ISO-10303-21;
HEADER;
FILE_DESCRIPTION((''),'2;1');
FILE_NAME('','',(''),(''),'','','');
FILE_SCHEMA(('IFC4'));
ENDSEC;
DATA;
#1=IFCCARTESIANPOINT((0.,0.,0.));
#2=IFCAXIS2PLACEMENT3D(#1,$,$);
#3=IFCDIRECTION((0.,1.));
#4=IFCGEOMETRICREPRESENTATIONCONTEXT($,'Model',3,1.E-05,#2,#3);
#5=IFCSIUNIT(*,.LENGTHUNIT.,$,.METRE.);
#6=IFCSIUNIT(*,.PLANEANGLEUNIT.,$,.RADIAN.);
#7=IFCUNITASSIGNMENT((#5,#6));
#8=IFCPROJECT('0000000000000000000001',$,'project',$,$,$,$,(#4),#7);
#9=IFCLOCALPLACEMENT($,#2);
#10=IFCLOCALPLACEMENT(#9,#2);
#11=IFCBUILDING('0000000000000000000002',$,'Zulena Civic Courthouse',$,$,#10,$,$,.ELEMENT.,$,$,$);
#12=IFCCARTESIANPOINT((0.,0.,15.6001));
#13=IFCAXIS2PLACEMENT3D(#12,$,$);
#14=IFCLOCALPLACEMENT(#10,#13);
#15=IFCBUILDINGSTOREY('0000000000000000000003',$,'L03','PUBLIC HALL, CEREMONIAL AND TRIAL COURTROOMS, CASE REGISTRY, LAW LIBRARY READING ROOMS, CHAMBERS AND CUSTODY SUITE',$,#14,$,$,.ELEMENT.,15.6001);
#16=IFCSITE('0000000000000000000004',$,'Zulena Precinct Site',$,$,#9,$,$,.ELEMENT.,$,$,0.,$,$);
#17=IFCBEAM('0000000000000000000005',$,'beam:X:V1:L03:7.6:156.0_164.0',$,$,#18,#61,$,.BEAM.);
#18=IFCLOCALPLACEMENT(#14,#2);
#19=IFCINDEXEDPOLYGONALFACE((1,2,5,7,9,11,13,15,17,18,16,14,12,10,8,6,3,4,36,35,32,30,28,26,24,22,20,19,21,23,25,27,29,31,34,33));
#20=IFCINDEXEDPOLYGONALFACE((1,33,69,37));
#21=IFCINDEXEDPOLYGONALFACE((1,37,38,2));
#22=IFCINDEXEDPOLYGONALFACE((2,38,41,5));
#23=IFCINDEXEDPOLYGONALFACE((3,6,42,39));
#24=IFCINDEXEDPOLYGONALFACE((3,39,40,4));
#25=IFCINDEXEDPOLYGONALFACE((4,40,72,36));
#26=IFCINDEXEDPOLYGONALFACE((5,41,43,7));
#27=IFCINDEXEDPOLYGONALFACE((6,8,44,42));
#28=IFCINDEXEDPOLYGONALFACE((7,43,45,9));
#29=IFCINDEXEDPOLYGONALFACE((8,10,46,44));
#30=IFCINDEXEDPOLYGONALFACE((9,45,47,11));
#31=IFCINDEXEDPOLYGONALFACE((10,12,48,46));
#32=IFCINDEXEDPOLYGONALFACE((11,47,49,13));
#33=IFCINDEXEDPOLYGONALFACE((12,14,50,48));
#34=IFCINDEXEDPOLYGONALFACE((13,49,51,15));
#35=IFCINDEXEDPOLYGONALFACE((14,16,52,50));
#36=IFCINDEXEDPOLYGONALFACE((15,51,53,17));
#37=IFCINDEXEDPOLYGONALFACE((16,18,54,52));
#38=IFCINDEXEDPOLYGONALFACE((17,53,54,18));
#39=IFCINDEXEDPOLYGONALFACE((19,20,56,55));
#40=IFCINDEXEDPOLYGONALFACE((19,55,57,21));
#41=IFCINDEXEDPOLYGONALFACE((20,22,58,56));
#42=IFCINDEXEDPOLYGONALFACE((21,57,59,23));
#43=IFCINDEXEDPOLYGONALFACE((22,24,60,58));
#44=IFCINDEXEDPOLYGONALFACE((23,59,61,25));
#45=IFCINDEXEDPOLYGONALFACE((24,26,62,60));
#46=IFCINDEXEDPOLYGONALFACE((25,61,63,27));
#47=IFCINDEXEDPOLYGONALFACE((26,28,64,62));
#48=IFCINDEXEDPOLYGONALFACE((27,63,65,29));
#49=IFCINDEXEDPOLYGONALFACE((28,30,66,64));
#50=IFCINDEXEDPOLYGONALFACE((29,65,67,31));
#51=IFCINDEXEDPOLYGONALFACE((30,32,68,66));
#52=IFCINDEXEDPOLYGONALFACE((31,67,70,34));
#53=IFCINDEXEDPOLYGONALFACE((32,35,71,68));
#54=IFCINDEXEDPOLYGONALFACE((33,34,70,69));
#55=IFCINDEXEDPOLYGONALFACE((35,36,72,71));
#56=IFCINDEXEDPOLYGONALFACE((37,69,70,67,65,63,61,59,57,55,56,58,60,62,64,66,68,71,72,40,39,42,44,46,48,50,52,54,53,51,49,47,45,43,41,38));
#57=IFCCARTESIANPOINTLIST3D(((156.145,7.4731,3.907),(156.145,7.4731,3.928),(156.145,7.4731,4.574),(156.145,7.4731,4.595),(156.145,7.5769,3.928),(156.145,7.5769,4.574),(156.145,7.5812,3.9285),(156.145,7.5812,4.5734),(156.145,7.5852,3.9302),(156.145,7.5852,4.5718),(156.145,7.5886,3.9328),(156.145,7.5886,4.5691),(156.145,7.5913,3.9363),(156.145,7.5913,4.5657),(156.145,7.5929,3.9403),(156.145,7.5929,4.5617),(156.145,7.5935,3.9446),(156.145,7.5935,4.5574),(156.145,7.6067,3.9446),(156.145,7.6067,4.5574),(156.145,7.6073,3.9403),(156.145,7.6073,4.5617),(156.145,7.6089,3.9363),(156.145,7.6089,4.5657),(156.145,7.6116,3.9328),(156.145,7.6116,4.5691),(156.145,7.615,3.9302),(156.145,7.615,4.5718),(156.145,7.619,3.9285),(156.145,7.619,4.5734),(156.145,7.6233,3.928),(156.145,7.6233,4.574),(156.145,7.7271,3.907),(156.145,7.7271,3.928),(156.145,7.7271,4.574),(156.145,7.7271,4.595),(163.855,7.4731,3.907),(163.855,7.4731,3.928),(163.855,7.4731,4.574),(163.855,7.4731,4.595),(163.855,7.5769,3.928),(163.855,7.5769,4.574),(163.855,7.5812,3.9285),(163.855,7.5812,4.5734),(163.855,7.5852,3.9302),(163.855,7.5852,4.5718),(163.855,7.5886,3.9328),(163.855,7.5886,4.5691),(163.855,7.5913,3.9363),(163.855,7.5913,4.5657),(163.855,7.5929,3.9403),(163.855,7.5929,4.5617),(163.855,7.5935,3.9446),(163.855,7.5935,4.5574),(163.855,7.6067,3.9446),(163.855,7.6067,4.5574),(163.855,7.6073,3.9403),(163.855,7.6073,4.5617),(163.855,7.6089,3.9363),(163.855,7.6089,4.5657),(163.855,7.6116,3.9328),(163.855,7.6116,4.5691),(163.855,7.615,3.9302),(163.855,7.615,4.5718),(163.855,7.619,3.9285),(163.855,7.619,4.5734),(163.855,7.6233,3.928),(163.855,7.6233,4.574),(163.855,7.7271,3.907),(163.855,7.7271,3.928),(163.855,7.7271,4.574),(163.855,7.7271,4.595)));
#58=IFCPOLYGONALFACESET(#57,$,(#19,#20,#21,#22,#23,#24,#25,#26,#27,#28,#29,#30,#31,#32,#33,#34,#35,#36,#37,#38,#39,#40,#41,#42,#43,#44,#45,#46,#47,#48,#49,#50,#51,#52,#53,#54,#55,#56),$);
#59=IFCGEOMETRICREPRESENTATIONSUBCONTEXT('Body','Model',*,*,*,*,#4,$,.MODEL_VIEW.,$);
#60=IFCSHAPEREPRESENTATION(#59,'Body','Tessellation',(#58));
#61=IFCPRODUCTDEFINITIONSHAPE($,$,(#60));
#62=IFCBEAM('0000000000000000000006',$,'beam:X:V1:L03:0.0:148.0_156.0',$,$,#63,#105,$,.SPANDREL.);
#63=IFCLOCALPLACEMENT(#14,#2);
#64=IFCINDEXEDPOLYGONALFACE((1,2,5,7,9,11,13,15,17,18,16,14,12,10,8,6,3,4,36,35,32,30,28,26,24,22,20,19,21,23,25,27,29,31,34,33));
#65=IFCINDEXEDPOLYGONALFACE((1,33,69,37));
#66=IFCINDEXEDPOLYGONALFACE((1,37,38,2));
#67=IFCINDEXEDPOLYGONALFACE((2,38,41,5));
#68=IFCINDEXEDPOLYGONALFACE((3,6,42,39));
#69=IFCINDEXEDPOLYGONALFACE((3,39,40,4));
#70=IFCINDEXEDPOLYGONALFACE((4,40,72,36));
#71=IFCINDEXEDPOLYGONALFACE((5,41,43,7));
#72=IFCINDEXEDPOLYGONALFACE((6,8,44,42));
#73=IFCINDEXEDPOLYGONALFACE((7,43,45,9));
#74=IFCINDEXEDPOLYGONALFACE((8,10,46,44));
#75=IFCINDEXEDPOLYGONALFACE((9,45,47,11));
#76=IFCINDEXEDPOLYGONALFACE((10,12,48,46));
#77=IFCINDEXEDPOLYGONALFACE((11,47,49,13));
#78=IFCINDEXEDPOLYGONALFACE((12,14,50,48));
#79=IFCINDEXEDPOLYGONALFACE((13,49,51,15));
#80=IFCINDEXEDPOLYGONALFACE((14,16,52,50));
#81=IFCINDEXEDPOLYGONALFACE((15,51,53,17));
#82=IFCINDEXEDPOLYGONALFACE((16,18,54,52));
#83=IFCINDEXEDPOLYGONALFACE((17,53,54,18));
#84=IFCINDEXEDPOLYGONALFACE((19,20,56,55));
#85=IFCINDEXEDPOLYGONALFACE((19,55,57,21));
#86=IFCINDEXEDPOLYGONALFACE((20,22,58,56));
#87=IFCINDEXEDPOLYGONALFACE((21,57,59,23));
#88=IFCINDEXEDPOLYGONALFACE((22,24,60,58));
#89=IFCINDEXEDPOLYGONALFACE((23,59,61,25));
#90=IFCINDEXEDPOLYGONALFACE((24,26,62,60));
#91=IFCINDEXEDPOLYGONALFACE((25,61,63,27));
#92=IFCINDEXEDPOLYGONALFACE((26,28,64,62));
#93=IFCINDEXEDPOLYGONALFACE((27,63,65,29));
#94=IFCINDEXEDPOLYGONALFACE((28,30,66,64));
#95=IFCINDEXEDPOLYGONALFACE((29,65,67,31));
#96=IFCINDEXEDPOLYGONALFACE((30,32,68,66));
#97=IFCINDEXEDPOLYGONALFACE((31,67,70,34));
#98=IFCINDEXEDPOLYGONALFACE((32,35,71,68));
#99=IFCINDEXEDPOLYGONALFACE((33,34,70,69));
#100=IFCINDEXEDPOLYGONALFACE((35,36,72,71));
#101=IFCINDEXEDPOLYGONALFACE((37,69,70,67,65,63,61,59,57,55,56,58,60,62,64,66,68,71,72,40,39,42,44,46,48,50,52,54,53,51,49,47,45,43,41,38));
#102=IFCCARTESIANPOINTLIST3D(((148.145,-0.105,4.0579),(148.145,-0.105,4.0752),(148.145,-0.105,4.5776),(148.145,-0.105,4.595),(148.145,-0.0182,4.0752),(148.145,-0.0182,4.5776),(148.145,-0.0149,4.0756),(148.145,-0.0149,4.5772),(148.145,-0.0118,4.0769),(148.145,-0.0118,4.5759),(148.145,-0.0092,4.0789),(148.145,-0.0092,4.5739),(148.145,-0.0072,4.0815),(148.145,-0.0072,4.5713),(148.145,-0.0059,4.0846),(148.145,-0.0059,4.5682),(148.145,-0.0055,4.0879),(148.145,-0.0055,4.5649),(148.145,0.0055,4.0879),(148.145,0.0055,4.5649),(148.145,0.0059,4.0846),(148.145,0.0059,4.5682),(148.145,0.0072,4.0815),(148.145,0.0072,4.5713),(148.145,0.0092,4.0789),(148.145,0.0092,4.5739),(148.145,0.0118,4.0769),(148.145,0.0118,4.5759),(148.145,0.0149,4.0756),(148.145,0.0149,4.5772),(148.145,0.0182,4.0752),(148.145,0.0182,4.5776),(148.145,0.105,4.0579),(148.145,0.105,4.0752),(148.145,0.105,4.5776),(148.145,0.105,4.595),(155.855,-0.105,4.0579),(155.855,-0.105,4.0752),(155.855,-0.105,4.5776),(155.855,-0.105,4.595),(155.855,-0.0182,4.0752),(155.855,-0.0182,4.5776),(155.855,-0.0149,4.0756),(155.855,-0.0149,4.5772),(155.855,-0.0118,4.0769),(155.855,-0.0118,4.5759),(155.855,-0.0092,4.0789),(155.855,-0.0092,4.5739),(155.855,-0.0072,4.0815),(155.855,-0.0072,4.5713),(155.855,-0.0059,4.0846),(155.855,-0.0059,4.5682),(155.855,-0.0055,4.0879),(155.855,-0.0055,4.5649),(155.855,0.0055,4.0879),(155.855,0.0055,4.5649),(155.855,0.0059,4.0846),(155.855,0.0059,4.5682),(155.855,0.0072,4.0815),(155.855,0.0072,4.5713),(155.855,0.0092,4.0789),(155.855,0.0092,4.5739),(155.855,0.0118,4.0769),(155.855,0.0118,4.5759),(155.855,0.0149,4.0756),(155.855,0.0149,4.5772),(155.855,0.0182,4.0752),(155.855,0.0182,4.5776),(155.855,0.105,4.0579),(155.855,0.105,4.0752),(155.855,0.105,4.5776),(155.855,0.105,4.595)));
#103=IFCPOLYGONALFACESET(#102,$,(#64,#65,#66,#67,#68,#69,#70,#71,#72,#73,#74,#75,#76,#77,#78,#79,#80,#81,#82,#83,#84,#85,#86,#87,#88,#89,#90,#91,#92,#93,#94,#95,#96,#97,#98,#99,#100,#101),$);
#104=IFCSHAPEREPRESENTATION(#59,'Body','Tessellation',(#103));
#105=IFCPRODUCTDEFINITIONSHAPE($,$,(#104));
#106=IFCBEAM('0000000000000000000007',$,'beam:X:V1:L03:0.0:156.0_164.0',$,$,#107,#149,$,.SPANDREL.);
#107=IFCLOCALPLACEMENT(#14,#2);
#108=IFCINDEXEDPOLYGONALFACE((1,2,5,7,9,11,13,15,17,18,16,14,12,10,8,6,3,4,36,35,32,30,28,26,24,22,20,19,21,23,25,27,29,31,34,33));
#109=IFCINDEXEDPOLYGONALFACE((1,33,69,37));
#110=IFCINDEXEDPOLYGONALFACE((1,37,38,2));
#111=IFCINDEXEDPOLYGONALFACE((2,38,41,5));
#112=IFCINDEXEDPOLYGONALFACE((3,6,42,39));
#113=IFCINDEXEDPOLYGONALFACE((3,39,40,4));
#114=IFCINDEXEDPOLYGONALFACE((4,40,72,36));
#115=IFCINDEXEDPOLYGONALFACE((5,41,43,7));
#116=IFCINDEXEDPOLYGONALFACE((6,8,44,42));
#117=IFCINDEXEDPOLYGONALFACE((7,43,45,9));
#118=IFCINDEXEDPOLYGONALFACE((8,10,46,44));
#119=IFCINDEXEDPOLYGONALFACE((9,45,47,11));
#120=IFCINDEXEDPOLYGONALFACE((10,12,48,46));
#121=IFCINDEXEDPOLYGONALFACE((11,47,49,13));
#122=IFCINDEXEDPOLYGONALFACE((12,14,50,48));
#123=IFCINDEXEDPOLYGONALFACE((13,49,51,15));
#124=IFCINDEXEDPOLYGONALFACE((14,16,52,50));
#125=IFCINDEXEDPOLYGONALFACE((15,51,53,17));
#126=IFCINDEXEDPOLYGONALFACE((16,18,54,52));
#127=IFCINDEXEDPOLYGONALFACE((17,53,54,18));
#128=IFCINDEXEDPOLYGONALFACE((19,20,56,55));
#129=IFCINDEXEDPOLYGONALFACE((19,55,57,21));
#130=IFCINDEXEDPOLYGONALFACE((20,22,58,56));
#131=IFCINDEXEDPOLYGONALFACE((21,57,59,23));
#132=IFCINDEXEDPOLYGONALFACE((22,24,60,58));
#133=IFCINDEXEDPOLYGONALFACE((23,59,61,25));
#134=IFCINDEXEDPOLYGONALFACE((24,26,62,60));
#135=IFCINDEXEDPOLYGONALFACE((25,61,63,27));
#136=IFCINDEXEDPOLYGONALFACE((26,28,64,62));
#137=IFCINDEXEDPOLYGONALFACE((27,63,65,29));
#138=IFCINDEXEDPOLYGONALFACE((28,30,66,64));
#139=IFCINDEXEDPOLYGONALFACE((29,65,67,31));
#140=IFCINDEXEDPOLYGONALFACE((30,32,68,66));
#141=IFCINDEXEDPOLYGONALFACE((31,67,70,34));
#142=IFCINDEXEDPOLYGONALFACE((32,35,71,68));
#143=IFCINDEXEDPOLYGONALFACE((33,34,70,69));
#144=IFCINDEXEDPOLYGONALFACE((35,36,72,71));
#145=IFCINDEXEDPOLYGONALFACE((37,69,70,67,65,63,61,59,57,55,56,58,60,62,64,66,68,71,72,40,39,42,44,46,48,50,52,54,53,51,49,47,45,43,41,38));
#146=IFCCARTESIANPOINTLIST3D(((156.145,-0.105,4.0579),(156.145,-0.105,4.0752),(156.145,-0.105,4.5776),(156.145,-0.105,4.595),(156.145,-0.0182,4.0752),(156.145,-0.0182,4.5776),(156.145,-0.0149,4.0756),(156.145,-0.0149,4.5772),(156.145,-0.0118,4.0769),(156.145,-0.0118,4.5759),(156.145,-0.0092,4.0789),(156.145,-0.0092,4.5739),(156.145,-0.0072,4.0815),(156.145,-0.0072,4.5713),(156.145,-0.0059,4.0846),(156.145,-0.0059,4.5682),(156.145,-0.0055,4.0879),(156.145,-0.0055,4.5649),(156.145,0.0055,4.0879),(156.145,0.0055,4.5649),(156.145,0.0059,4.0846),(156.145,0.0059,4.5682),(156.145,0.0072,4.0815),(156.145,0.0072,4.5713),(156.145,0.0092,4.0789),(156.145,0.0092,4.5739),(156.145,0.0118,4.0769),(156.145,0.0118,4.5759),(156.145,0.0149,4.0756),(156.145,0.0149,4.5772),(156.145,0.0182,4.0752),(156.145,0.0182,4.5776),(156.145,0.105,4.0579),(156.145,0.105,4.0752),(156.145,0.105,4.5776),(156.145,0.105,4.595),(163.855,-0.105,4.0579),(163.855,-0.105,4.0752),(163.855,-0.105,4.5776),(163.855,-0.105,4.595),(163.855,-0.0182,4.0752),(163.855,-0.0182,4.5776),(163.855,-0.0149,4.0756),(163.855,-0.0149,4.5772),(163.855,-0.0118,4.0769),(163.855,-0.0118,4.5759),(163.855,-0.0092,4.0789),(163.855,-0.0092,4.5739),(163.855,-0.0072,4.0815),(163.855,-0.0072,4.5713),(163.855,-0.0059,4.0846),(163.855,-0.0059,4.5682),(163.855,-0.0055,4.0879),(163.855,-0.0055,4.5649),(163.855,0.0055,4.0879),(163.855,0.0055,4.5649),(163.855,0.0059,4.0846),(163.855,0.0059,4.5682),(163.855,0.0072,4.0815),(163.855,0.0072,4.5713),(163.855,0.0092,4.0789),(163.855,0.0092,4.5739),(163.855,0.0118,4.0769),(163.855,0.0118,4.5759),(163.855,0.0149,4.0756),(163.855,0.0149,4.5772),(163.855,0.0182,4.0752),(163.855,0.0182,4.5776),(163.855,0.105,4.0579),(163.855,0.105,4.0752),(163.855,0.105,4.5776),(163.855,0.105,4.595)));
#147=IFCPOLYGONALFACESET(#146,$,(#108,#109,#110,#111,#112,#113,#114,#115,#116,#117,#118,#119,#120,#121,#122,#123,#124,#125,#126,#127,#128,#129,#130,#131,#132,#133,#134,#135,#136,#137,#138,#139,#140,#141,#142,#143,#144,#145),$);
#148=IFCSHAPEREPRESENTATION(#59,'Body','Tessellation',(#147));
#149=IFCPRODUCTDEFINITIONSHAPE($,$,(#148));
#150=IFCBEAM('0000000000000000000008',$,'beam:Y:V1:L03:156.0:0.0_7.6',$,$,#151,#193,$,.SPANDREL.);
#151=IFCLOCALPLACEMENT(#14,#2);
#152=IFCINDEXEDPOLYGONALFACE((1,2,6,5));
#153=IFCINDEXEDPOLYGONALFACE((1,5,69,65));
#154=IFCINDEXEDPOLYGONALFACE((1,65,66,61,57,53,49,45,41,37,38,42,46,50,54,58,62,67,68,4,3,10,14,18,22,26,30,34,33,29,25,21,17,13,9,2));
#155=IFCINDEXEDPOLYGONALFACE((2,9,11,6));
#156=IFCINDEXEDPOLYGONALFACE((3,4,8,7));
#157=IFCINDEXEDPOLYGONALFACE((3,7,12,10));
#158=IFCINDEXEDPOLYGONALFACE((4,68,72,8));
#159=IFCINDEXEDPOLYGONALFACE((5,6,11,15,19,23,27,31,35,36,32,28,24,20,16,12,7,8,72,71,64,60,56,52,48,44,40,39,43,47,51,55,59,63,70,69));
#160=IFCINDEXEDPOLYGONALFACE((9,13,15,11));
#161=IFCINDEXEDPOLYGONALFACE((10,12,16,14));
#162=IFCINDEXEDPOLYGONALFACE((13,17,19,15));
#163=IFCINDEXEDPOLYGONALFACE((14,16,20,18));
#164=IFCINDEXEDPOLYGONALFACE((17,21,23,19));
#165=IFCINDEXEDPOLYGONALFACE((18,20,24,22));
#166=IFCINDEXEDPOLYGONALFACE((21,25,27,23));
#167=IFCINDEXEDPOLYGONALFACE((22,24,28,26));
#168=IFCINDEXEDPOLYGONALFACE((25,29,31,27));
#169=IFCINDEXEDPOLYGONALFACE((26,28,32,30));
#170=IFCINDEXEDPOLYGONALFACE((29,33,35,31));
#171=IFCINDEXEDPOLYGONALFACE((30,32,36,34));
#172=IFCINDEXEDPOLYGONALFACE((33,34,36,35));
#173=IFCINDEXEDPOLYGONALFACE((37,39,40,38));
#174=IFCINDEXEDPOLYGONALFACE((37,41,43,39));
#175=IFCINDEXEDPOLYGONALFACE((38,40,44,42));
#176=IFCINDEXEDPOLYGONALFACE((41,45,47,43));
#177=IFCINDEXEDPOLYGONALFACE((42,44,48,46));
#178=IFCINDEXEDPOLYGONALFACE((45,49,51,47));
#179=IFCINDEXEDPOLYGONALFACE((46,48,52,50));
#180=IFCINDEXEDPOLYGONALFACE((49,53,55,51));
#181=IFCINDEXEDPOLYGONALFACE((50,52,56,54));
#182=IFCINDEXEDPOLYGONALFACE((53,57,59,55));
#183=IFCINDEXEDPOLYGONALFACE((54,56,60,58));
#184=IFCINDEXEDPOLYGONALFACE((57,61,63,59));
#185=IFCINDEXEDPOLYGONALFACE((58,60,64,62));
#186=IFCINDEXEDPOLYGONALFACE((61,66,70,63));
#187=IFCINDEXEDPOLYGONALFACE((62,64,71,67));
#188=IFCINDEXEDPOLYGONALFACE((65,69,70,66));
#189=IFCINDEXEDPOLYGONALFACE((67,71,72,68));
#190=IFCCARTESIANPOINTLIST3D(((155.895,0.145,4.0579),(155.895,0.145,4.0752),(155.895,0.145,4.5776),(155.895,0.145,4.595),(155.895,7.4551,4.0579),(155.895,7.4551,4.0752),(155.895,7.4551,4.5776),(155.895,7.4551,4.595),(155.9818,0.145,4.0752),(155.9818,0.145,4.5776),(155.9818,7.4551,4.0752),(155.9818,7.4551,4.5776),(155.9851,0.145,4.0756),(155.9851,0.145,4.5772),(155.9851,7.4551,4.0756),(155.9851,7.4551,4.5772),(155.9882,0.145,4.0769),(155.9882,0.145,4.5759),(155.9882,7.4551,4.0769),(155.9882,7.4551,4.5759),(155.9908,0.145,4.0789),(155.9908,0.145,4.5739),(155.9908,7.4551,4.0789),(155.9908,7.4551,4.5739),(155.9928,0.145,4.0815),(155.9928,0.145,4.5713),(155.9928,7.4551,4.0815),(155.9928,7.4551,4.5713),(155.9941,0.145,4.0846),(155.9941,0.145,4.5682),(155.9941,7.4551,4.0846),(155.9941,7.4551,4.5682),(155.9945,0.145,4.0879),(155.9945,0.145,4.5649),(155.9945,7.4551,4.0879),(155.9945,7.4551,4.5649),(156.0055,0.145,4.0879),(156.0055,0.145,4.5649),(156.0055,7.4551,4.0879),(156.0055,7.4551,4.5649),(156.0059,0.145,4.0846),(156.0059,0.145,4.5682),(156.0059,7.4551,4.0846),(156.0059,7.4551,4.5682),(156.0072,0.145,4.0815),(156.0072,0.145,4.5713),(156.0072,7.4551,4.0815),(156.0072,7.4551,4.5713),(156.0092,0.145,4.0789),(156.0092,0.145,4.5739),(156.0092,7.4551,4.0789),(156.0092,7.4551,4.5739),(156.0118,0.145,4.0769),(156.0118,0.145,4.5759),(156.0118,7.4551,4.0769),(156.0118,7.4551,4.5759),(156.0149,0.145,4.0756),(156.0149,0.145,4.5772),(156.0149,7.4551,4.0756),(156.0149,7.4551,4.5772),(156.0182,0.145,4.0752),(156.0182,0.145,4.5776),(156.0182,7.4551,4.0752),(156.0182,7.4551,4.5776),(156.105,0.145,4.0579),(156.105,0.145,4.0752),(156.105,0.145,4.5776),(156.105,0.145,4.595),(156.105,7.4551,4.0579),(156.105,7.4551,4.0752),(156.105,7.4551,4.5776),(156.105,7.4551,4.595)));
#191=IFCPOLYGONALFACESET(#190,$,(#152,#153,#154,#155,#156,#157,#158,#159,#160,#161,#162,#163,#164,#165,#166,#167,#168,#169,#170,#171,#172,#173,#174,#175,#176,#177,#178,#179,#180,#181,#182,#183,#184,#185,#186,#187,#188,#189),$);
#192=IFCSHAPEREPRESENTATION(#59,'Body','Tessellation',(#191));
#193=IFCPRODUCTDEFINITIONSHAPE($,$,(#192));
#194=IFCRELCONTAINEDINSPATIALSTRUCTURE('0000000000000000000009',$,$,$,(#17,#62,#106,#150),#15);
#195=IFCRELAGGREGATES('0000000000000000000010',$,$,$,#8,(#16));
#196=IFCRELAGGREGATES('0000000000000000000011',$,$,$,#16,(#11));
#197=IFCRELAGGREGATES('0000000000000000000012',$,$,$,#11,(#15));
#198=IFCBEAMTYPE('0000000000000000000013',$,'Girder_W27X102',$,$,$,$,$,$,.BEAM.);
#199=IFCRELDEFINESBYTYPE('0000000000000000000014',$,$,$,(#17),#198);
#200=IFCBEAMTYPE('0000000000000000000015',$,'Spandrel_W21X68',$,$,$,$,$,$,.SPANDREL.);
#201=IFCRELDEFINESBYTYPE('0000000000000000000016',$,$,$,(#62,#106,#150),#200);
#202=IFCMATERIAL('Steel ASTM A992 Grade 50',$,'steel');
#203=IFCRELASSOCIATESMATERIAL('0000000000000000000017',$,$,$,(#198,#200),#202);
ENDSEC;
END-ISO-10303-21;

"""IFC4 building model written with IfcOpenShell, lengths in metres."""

from ifc_helpers import new_model, si_unit, direction, frame, origin, origin_2d, place, context, subcontext, project, spatial, i_section, extrude, material, material_profile, profile_set, type_object, element, save


model = new_model("IFC4")

# Units and contexts
model_context = context("Model", 3, precision=1e-05, world=origin(), true_north=direction((0.0, 1.0)))
body_context = subcontext(model_context, "Body", "Model", "MODEL_VIEW")
ifc_project = project(units=[si_unit("LENGTHUNIT", "METRE"), si_unit("PLANEANGLEUNIT", "RADIAN")], contexts=[model_context])

# Site, building, storey
site_placement = place(None, origin())
site = spatial("IfcSite", under=ifc_project, at=site_placement, Name="Zulena Precinct Site", CompositionType="ELEMENT", RefElevation=0.0)
building_placement = place(site_placement, origin())
building = spatial("IfcBuilding", under=site, at=building_placement, Name="Zulena Civic Courthouse", CompositionType="ELEMENT")
storey_placement = place(building_placement, frame((0.0, 0.0, 15.6001)))
storey = spatial("IfcBuildingStorey", under=building, at=storey_placement, Name="L03", Description="PUBLIC HALL, CEREMONIAL AND TRIAL COURTROOMS, CASE REGISTRY, LAW LIBRARY READING ROOMS, CHAMBERS AND CUSTODY SUITE", CompositionType="ELEMENT", Elevation=15.6001)

# Shared definitions
ifc_material_1 = material(Name="Steel ASTM A992 Grade 50", Category="steel")

# Beams
ifc_material_profile_1 = material_profile(ifc_material_1, i_section(OverallWidth=0.2539, OverallDepth=0.688, WebThickness=0.0132, FlangeThickness=0.021, FilletRadius=0.0166, at=origin_2d()), Name="W27X102")
ifc_profile_set_1 = profile_set([ifc_material_profile_1], Name="Steel ASTM A992 Grade 50")
beam_type_1 = type_object("IfcBeamType", Name="Girder_W27X102", PredefinedType="BEAM", material=ifc_profile_set_1)
for number, where, z_axis, x_axis, name in (
    (1, (156.145, 7.6001, 4.251), (1.0, 0.0, 0.0), (0.0, 1.0, 0.0), "beam:X:V1:L03:7.6:156.0_164.0"),
):
    element("IfcBeam", number, at=place(storey_placement, frame(where, z_axis=z_axis, x_axis=x_axis)), inside=storey, type_object=beam_type_1, Name=name, PredefinedType="BEAM", context=body_context, shape_type="SweptSolid", body=[
        extrude(i_section(OverallWidth=0.2539, OverallDepth=0.688, WebThickness=0.0132, FlangeThickness=0.021, FilletRadius=0.0166, at=origin_2d()), origin(), (0.0, 0.0, 1.0), 7.71),
    ])
ifc_material_profile_2 = material_profile(ifc_material_1, i_section(OverallWidth=0.21, OverallDepth=0.5371, WebThickness=0.011, FlangeThickness=0.0173, FilletRadius=0.0127, at=origin_2d()), Name="W21X68")
ifc_profile_set_2 = profile_set([ifc_material_profile_2], Name="Steel ASTM A992 Grade 50")
beam_type_2 = type_object("IfcBeamType", Name="Spandrel_W21X68", PredefinedType="SPANDREL", material=ifc_profile_set_2)
for number, where, z_axis, x_axis, name in (
    (2, (148.145, 0.0, 4.3264), (1.0, 0.0, 0.0), (0.0, 1.0, 0.0), "beam:X:V1:L03:0.0:148.0_156.0"),
    (3, (156.145, 0.0, 4.3264), (1.0, 0.0, 0.0), (0.0, 1.0, 0.0), "beam:X:V1:L03:0.0:156.0_164.0"),
):
    element("IfcBeam", number, at=place(storey_placement, frame(where, z_axis=z_axis, x_axis=x_axis)), inside=storey, type_object=beam_type_2, Name=name, PredefinedType="SPANDREL", context=body_context, shape_type="SweptSolid", body=[
        extrude(i_section(OverallWidth=0.21, OverallDepth=0.5371, WebThickness=0.011, FlangeThickness=0.0173, FilletRadius=0.0127, at=origin_2d()), origin(), (0.0, 0.0, 1.0), 7.71),
    ])
beam_1_placement = place(storey_placement, frame((156.0, 0.145, 4.3264), z_axis=(0.0, 1.0, 0.0), x_axis=(-1.0, 0.0, 0.0)))
element("IfcBeam", 4, at=beam_1_placement, inside=storey, type_object=beam_type_2, Name="beam:Y:V1:L03:156.0:0.0_7.6", PredefinedType="SPANDREL", context=body_context, shape_type="SweptSolid", body=[
    extrude(i_section(OverallWidth=0.21, OverallDepth=0.5371, WebThickness=0.011, FlangeThickness=0.0173, FilletRadius=0.0127, at=origin_2d()), origin(), (0.0, 0.0, 1.0), 7.3101),
])

save(model, "model.ifc")
